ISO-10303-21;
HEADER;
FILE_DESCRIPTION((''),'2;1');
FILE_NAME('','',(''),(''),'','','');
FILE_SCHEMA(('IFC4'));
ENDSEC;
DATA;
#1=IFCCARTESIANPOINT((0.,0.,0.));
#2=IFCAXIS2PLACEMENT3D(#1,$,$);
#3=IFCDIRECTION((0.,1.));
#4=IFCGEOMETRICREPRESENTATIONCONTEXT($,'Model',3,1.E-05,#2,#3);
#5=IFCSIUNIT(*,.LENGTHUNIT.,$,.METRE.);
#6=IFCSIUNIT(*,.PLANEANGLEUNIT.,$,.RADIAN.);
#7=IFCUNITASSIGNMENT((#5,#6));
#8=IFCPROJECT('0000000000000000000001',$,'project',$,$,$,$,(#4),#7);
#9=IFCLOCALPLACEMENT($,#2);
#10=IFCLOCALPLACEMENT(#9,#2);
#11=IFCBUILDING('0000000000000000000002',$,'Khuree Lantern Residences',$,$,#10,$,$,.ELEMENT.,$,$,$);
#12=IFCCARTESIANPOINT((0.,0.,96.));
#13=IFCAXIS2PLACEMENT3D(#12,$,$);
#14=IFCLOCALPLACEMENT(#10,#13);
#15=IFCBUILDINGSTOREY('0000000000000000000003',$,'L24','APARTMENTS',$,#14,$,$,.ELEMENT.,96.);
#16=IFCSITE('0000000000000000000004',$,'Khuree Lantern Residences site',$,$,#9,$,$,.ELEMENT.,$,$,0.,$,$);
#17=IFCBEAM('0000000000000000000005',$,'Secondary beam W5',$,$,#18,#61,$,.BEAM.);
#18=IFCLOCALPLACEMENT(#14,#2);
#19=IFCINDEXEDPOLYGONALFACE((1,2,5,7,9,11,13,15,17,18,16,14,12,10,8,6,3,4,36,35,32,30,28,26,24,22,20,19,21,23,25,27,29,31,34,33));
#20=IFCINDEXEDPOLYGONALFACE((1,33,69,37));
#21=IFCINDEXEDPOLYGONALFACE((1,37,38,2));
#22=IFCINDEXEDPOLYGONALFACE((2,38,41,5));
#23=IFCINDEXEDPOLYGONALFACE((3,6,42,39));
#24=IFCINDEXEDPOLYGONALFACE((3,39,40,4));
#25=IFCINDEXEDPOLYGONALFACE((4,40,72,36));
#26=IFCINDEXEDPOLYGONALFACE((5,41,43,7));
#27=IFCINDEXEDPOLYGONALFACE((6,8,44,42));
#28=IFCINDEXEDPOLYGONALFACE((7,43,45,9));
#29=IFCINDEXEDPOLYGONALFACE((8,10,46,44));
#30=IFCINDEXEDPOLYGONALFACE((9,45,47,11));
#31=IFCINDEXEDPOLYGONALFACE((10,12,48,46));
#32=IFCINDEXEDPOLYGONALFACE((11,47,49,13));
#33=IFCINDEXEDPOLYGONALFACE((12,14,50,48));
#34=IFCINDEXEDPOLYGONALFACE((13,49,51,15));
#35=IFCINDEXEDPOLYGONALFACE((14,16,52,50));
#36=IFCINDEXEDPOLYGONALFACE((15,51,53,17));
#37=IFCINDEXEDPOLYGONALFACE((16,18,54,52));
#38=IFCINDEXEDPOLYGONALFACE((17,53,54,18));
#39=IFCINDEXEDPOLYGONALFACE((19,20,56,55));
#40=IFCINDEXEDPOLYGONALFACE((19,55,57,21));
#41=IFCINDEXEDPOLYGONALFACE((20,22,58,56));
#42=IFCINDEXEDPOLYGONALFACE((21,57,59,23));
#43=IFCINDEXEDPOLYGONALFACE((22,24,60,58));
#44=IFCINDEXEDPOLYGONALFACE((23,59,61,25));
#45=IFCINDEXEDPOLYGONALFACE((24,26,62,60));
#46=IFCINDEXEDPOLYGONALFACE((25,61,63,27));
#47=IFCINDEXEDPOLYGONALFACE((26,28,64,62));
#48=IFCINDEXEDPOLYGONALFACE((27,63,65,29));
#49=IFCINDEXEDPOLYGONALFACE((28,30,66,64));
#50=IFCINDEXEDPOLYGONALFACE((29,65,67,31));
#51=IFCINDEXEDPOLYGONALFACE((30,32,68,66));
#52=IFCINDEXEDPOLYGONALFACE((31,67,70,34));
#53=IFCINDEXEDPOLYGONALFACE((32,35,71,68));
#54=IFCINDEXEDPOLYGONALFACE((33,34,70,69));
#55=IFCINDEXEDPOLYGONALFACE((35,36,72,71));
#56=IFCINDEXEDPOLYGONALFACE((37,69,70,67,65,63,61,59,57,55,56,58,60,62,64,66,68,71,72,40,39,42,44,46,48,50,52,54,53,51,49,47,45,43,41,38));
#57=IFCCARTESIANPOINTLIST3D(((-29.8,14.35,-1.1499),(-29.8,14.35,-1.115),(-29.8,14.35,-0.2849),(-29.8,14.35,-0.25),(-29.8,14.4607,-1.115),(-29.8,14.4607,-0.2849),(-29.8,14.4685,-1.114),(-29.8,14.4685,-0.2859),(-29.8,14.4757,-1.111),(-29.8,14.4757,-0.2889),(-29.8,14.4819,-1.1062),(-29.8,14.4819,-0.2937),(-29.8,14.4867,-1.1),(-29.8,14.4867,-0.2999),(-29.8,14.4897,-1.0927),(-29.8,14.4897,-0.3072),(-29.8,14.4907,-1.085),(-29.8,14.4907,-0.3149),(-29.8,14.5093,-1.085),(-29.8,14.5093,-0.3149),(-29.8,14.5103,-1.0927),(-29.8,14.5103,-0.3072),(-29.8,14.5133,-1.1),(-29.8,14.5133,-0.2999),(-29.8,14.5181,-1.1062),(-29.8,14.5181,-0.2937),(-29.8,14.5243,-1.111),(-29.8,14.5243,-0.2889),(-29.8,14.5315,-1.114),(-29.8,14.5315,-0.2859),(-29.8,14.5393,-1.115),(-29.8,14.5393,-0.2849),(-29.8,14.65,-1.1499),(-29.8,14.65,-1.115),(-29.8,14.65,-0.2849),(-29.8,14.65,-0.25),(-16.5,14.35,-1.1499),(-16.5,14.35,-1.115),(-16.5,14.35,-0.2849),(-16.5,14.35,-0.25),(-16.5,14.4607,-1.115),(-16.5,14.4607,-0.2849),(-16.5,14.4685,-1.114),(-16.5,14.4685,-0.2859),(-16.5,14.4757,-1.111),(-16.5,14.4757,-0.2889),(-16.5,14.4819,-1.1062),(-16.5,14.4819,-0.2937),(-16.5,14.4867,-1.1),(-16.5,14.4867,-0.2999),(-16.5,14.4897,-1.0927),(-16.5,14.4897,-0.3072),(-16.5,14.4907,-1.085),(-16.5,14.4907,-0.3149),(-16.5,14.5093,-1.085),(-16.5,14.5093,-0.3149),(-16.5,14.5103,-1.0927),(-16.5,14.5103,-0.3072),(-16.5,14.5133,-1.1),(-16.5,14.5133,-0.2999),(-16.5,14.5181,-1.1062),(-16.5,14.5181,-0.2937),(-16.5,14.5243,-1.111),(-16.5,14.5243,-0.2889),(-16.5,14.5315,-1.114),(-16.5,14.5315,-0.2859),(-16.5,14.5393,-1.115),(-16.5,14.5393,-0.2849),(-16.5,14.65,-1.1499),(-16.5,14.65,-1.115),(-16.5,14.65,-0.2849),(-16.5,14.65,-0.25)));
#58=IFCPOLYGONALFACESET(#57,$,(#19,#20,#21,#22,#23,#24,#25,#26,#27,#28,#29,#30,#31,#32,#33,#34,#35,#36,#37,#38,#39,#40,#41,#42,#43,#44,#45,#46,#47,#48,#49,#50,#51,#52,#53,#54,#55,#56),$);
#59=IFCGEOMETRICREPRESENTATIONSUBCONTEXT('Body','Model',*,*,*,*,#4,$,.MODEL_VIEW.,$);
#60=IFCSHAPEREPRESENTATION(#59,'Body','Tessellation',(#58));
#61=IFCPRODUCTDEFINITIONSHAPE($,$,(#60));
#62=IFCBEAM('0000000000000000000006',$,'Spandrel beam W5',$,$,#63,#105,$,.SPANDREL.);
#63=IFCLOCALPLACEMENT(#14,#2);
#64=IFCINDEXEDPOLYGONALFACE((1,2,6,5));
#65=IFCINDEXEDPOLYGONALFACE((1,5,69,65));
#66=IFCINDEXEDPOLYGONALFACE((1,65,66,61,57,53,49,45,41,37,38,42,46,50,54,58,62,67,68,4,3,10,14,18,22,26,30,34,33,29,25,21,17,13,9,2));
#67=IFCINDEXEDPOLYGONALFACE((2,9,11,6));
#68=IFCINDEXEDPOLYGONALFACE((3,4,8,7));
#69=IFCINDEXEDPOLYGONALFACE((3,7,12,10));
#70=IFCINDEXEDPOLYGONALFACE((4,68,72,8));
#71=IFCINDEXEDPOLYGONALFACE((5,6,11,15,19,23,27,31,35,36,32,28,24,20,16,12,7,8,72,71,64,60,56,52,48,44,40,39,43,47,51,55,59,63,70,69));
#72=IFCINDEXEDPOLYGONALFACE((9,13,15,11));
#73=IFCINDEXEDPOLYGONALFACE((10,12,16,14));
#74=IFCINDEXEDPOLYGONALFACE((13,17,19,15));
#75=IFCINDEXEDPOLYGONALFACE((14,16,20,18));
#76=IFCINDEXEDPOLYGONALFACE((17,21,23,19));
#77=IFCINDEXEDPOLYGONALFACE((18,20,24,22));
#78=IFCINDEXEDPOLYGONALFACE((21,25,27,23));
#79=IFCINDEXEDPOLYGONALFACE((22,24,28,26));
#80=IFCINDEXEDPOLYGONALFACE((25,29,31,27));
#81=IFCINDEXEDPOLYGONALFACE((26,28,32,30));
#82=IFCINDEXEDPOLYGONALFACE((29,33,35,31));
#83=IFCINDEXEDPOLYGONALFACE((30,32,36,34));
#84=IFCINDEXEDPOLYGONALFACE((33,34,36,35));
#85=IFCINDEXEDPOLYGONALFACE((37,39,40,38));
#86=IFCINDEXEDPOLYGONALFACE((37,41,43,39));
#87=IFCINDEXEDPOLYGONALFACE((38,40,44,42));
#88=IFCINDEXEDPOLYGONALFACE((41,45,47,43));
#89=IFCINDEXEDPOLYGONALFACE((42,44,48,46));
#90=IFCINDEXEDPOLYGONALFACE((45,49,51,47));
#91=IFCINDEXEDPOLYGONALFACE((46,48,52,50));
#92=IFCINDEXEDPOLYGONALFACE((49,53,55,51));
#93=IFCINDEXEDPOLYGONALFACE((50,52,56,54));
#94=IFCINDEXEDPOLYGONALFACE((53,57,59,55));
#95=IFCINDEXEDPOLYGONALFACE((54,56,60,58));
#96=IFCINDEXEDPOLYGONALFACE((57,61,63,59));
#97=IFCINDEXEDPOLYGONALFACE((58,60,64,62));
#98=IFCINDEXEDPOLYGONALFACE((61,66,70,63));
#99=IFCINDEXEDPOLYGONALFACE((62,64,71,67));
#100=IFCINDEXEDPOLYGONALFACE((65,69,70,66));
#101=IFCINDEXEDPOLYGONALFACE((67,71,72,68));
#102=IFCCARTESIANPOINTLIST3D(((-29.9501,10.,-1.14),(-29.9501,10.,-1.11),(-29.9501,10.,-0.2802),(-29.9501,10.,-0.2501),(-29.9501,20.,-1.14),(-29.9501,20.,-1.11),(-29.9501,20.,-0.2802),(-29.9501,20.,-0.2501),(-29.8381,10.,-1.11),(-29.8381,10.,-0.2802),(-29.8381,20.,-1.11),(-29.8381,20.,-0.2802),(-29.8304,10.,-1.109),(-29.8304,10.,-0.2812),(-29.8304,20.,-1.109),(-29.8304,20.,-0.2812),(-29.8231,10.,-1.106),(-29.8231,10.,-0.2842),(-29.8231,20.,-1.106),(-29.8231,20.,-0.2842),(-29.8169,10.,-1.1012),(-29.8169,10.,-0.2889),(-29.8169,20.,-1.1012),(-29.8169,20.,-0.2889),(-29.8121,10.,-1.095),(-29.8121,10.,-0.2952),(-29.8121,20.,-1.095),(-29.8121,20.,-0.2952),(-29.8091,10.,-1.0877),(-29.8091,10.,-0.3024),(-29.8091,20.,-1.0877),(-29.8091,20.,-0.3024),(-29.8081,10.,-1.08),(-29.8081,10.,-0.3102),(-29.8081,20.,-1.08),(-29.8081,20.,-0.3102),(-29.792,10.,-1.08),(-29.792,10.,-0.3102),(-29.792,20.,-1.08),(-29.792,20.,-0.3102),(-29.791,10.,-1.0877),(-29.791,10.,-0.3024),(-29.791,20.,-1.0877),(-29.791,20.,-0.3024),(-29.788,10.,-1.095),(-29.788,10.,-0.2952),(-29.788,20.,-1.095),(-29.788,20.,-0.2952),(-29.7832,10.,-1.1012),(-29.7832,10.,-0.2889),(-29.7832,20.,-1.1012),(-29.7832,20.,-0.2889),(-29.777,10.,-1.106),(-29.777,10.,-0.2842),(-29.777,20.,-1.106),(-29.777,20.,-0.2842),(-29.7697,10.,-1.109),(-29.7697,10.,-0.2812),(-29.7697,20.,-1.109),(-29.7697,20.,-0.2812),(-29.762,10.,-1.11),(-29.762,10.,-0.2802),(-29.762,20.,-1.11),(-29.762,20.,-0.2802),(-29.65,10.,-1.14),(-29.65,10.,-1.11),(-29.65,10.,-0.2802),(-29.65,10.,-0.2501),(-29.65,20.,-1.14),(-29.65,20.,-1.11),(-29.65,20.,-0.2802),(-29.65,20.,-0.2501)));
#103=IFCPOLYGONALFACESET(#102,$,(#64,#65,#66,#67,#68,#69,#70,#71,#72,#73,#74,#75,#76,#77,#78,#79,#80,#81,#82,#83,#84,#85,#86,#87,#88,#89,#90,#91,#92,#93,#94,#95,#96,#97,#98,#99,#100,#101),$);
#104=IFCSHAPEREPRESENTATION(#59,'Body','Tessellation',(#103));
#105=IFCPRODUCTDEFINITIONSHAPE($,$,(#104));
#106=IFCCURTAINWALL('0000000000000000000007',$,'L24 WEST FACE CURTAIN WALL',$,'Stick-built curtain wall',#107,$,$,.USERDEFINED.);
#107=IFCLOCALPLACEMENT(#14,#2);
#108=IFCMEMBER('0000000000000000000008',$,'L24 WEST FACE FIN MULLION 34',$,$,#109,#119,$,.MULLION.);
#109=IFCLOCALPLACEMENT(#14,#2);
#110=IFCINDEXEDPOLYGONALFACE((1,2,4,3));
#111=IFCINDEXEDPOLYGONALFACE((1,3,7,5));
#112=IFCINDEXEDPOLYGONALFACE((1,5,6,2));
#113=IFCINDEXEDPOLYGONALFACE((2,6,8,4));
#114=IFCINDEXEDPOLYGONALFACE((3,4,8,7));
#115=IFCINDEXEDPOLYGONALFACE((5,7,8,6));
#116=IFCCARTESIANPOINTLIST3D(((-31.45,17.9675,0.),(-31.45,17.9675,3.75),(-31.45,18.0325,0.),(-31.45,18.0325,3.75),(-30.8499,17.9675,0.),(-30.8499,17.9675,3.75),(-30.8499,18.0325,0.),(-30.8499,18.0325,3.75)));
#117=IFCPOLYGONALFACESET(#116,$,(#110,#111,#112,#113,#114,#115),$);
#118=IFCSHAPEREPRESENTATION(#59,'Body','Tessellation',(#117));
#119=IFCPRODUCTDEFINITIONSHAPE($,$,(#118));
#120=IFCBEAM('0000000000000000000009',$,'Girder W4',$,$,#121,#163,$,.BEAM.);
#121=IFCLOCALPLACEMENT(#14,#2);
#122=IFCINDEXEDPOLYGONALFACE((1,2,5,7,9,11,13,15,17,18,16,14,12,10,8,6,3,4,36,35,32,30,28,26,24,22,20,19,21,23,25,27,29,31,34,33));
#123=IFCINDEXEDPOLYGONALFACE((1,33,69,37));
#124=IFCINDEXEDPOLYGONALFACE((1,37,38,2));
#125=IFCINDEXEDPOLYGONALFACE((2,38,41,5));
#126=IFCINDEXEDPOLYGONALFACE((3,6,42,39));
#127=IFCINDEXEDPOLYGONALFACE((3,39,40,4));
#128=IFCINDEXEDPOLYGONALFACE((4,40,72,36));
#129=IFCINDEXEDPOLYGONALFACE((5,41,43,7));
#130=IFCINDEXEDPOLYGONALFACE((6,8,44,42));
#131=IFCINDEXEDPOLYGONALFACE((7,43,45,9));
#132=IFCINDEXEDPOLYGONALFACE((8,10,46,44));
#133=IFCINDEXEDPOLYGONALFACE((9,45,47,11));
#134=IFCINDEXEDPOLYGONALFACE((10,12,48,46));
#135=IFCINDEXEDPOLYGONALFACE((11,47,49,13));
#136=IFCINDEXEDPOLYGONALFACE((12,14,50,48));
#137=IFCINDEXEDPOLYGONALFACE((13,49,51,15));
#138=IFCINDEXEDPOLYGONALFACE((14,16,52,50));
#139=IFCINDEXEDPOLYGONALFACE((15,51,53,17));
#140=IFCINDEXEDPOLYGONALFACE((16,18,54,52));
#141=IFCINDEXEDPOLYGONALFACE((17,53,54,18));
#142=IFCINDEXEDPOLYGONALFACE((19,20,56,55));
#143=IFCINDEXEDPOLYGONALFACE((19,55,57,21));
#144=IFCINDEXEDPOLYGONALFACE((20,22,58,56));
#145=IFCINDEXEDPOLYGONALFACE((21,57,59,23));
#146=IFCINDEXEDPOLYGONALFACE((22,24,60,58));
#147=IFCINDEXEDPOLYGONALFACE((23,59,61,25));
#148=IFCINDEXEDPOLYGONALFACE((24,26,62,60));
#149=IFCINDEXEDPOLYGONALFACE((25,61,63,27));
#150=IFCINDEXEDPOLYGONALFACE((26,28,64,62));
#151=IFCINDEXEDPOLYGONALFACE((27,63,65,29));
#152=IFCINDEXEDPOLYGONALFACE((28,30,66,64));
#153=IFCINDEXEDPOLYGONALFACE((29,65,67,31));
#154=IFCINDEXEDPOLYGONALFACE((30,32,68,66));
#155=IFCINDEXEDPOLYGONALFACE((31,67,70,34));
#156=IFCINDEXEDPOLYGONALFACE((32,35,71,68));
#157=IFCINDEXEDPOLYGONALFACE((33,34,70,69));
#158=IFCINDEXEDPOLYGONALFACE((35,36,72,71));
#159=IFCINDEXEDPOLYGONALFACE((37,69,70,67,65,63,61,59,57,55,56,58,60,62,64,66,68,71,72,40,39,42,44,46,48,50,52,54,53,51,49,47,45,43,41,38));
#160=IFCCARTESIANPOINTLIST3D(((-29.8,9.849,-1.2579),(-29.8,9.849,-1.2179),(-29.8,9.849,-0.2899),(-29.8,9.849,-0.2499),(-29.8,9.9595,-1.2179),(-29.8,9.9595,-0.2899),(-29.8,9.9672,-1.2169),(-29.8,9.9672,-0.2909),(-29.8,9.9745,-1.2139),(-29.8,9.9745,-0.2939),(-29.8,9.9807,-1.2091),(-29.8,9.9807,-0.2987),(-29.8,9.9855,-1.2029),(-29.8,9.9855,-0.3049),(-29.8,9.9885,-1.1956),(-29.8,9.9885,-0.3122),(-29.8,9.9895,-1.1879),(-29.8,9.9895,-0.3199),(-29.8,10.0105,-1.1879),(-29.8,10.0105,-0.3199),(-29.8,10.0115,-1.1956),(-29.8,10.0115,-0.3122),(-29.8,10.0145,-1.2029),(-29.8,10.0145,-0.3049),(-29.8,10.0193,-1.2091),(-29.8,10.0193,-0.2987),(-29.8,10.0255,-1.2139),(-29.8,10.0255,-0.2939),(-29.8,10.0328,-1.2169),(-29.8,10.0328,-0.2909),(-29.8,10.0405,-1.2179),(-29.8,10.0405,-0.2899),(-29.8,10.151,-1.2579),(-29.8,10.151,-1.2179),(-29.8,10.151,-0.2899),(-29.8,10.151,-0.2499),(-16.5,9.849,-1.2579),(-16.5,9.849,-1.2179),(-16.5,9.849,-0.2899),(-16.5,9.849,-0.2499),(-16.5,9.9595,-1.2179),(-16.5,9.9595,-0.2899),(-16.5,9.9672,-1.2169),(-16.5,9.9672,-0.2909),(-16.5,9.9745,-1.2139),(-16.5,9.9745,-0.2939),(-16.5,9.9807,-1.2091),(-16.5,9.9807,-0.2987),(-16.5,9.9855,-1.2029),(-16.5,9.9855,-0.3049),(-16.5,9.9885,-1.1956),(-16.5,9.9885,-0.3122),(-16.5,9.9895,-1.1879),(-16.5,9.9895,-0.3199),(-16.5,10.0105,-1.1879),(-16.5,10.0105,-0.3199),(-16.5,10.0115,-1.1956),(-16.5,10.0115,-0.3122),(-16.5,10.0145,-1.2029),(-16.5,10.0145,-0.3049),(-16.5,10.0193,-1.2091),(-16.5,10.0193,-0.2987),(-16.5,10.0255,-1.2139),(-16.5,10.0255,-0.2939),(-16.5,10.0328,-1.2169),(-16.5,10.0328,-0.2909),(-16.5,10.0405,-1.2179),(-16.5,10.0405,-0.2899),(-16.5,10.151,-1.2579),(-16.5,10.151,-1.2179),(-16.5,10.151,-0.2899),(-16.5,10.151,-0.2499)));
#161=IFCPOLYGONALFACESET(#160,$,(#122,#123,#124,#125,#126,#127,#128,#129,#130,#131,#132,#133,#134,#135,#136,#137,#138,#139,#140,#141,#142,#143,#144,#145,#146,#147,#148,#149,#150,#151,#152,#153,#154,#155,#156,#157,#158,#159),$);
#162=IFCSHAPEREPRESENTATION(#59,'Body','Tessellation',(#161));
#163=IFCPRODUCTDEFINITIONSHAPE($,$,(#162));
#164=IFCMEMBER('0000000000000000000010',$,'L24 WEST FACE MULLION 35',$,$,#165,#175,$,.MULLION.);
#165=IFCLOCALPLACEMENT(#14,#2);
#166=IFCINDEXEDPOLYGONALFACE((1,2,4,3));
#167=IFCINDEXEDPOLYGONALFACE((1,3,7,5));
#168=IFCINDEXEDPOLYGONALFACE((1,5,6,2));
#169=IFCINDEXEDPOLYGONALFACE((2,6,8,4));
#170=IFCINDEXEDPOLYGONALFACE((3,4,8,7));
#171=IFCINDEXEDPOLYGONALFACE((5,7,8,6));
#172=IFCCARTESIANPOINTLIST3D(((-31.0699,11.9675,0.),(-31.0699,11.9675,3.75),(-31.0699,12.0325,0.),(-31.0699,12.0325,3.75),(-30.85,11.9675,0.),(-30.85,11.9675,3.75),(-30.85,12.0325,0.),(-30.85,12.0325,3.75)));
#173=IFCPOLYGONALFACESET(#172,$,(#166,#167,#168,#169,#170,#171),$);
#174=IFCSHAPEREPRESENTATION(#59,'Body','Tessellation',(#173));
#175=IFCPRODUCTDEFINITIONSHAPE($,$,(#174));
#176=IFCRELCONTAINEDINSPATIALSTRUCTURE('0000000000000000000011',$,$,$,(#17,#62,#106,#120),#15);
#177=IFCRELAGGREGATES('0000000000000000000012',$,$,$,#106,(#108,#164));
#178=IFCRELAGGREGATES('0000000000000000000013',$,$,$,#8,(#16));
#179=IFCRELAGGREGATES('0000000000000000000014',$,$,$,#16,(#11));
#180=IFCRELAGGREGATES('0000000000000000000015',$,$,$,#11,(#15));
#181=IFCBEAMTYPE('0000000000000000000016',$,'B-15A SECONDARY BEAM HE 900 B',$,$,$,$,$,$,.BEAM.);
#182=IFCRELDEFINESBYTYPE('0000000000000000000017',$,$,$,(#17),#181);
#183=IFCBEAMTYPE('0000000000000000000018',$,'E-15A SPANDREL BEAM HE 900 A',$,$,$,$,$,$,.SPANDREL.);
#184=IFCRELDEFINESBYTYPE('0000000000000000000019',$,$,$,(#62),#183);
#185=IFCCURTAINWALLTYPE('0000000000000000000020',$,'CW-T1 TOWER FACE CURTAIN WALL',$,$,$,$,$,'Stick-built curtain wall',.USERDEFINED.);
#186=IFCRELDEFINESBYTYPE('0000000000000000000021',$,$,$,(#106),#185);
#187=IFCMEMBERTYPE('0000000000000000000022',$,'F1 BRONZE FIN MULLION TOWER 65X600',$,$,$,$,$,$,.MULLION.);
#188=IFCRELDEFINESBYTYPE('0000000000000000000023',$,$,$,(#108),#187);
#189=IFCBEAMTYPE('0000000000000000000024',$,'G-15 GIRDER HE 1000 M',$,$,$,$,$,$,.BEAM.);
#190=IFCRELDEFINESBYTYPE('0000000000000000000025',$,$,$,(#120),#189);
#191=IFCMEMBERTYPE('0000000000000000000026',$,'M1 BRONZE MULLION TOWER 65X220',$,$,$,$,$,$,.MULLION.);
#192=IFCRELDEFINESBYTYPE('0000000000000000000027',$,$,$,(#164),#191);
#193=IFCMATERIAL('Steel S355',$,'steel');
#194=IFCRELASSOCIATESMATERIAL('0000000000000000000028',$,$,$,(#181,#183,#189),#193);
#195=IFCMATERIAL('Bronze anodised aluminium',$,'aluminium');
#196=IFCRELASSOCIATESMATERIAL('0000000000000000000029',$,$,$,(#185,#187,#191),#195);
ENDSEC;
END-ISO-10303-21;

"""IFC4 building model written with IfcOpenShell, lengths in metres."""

from ifc_helpers import new_model, si_unit, direction, frame, origin, origin_2d, place, context, subcontext, project, spatial, rectangle, i_section, extrude, material, material_profile, profile_set, type_object, element, aggregate, save


model = new_model("IFC4")

# Units and contexts
model_context = context("Model", 3, precision=1e-05, world=origin(), true_north=direction((0.0, 1.0)))
body_context = subcontext(model_context, "Body", "Model", "MODEL_VIEW")
ifc_project = project(units=[si_unit("LENGTHUNIT", "METRE"), si_unit("PLANEANGLEUNIT", "RADIAN")], contexts=[model_context])

# Site, building, storey
site_placement = place(None, origin())
site = spatial("IfcSite", under=ifc_project, at=site_placement, Name="Khuree Lantern Residences site", CompositionType="ELEMENT", RefElevation=0.0)
building_placement = place(site_placement, origin())
building = spatial("IfcBuilding", under=site, at=building_placement, Name="Khuree Lantern Residences", CompositionType="ELEMENT")
storey_placement = place(building_placement, frame((0.0, 0.0, 96.0)))
storey = spatial("IfcBuildingStorey", under=building, at=storey_placement, Name="L24", Description="APARTMENTS", CompositionType="ELEMENT", Elevation=96.0)

# Beams
ifc_material_1 = material(Name="Steel S355", Category="steel")
ifc_material_profile_1 = material_profile(ifc_material_1, i_section(OverallWidth=0.3, OverallDepth=0.8999, WebThickness=0.0186, FlangeThickness=0.0349, FilletRadius=0.03, at=origin_2d()), Name="HE 900 B")
ifc_profile_set_1 = profile_set([ifc_material_profile_1], Name="Steel S355")
beam_type_1 = type_object("IfcBeamType", Name="B-15A SECONDARY BEAM HE 900 B", PredefinedType="BEAM", material=ifc_profile_set_1)
beam_1_placement = place(storey_placement, frame((-29.8, 14.5, -0.7), z_axis=(1.0, 0.0, 0.0), x_axis=(0.0, 1.0, 0.0)))
element("IfcBeam", 1, at=beam_1_placement, inside=storey, type_object=beam_type_1, Name="Secondary beam W5", PredefinedType="BEAM", context=body_context, shape_type="SweptSolid", body=[
    extrude(i_section(OverallWidth=0.3, OverallDepth=0.8999, WebThickness=0.0186, FlangeThickness=0.0349, FilletRadius=0.03, at=origin_2d()), origin(), (0.0, 0.0, 1.0), 13.3),
])
ifc_material_profile_2 = material_profile(ifc_material_1, i_section(OverallWidth=0.3, OverallDepth=0.8899, WebThickness=0.0161, FlangeThickness=0.03, FilletRadius=0.03, at=origin_2d()), Name="HE 900 A")
ifc_profile_set_2 = profile_set([ifc_material_profile_2], Name="Steel S355")
beam_type_2 = type_object("IfcBeamType", Name="E-15A SPANDREL BEAM HE 900 A", PredefinedType="SPANDREL", material=ifc_profile_set_2)
beam_2_placement = place(storey_placement, frame((-29.8, 10.0, -0.6951), z_axis=(0.0, 1.0, 0.0), x_axis=(-1.0, 0.0, 0.0)))
element("IfcBeam", 2, at=beam_2_placement, inside=storey, type_object=beam_type_2, Name="Spandrel beam W5", PredefinedType="SPANDREL", context=body_context, shape_type="SweptSolid", body=[
    extrude(i_section(OverallWidth=0.3, OverallDepth=0.8899, WebThickness=0.0161, FlangeThickness=0.03, FilletRadius=0.03, at=origin_2d()), origin(), (0.0, 0.0, 1.0), 10.0),
])

# Curtain wall, member
ifc_material_2 = material(Name="Bronze anodised aluminium", Category="aluminium")
curtain_wall_type = type_object("IfcCurtainWallType", Name="CW-T1 TOWER FACE CURTAIN WALL", ElementType="Stick-built curtain wall", PredefinedType="USERDEFINED", material=ifc_material_2)
curtain_wall_placement = place(storey_placement, origin())
curtain_wall = element("IfcCurtainWall", 3, at=curtain_wall_placement, inside=storey, type_object=curtain_wall_type, Name="L24 WEST FACE CURTAIN WALL", ObjectType="Stick-built curtain wall", PredefinedType="USERDEFINED")
ifc_material_profile_3 = material_profile(ifc_material_2, rectangle(XDim=0.0649, YDim=0.6001, at=origin_2d()), Name="F1 65X600")
ifc_profile_set_3 = profile_set([ifc_material_profile_3], Name="Bronze anodised aluminium")
member_type_1 = type_object("IfcMemberType", Name="F1 BRONZE FIN MULLION TOWER 65X600", PredefinedType="MULLION", material=ifc_profile_set_3)
member_1_placement = place(storey_placement, frame((-31.1499, 18.0, 0.0), z_axis=(0.0, 0.0, 1.0), x_axis=(0.0, -1.0, 0.0)))
member_1 = element("IfcMember", 4, at=member_1_placement, type_object=member_type_1, Name="L24 WEST FACE FIN MULLION 34", PredefinedType="MULLION", context=body_context, shape_type="SweptSolid", body=[
    extrude(rectangle(XDim=0.0649, YDim=0.6001, at=origin_2d()), origin(), (0.0, 0.0, 1.0), 3.75),
])

# Beam
ifc_material_profile_4 = material_profile(ifc_material_1, i_section(OverallWidth=0.302, OverallDepth=1.0081, WebThickness=0.021, FlangeThickness=0.04, FilletRadius=0.03, at=origin_2d()), Name="HE 1000 M")
ifc_profile_set_4 = profile_set([ifc_material_profile_4], Name="Steel S355")
beam_type_3 = type_object("IfcBeamType", Name="G-15 GIRDER HE 1000 M", PredefinedType="BEAM", material=ifc_profile_set_4)
beam_3_placement = place(storey_placement, frame((-29.8, 10.0, -0.7539), z_axis=(1.0, 0.0, 0.0), x_axis=(0.0, 1.0, 0.0)))
element("IfcBeam", 5, at=beam_3_placement, inside=storey, type_object=beam_type_3, Name="Girder W4", PredefinedType="BEAM", context=body_context, shape_type="SweptSolid", body=[
    extrude(i_section(OverallWidth=0.302, OverallDepth=1.0081, WebThickness=0.021, FlangeThickness=0.04, FilletRadius=0.03, at=origin_2d()), origin(), (0.0, 0.0, 1.0), 13.3),
])

# Member
ifc_material_profile_5 = material_profile(ifc_material_2, rectangle(XDim=0.0649, YDim=0.22, at=origin_2d()), Name="M1 65X220")
ifc_profile_set_5 = profile_set([ifc_material_profile_5], Name="Bronze anodised aluminium")
member_type_2 = type_object("IfcMemberType", Name="M1 BRONZE MULLION TOWER 65X220", PredefinedType="MULLION", material=ifc_profile_set_5)
member_2_placement = place(storey_placement, frame((-30.96, 12.0, 0.0), z_axis=(0.0, 0.0, 1.0), x_axis=(0.0, -1.0, 0.0)))
member_2 = element("IfcMember", 6, at=member_2_placement, type_object=member_type_2, Name="L24 WEST FACE MULLION 35", PredefinedType="MULLION", context=body_context, shape_type="SweptSolid", body=[
    extrude(rectangle(XDim=0.0649, YDim=0.22, at=origin_2d()), origin(), (0.0, 0.0, 1.0), 3.75),
])

aggregate(curtain_wall, [member_1, member_2])

save(model, "model.ifc")
